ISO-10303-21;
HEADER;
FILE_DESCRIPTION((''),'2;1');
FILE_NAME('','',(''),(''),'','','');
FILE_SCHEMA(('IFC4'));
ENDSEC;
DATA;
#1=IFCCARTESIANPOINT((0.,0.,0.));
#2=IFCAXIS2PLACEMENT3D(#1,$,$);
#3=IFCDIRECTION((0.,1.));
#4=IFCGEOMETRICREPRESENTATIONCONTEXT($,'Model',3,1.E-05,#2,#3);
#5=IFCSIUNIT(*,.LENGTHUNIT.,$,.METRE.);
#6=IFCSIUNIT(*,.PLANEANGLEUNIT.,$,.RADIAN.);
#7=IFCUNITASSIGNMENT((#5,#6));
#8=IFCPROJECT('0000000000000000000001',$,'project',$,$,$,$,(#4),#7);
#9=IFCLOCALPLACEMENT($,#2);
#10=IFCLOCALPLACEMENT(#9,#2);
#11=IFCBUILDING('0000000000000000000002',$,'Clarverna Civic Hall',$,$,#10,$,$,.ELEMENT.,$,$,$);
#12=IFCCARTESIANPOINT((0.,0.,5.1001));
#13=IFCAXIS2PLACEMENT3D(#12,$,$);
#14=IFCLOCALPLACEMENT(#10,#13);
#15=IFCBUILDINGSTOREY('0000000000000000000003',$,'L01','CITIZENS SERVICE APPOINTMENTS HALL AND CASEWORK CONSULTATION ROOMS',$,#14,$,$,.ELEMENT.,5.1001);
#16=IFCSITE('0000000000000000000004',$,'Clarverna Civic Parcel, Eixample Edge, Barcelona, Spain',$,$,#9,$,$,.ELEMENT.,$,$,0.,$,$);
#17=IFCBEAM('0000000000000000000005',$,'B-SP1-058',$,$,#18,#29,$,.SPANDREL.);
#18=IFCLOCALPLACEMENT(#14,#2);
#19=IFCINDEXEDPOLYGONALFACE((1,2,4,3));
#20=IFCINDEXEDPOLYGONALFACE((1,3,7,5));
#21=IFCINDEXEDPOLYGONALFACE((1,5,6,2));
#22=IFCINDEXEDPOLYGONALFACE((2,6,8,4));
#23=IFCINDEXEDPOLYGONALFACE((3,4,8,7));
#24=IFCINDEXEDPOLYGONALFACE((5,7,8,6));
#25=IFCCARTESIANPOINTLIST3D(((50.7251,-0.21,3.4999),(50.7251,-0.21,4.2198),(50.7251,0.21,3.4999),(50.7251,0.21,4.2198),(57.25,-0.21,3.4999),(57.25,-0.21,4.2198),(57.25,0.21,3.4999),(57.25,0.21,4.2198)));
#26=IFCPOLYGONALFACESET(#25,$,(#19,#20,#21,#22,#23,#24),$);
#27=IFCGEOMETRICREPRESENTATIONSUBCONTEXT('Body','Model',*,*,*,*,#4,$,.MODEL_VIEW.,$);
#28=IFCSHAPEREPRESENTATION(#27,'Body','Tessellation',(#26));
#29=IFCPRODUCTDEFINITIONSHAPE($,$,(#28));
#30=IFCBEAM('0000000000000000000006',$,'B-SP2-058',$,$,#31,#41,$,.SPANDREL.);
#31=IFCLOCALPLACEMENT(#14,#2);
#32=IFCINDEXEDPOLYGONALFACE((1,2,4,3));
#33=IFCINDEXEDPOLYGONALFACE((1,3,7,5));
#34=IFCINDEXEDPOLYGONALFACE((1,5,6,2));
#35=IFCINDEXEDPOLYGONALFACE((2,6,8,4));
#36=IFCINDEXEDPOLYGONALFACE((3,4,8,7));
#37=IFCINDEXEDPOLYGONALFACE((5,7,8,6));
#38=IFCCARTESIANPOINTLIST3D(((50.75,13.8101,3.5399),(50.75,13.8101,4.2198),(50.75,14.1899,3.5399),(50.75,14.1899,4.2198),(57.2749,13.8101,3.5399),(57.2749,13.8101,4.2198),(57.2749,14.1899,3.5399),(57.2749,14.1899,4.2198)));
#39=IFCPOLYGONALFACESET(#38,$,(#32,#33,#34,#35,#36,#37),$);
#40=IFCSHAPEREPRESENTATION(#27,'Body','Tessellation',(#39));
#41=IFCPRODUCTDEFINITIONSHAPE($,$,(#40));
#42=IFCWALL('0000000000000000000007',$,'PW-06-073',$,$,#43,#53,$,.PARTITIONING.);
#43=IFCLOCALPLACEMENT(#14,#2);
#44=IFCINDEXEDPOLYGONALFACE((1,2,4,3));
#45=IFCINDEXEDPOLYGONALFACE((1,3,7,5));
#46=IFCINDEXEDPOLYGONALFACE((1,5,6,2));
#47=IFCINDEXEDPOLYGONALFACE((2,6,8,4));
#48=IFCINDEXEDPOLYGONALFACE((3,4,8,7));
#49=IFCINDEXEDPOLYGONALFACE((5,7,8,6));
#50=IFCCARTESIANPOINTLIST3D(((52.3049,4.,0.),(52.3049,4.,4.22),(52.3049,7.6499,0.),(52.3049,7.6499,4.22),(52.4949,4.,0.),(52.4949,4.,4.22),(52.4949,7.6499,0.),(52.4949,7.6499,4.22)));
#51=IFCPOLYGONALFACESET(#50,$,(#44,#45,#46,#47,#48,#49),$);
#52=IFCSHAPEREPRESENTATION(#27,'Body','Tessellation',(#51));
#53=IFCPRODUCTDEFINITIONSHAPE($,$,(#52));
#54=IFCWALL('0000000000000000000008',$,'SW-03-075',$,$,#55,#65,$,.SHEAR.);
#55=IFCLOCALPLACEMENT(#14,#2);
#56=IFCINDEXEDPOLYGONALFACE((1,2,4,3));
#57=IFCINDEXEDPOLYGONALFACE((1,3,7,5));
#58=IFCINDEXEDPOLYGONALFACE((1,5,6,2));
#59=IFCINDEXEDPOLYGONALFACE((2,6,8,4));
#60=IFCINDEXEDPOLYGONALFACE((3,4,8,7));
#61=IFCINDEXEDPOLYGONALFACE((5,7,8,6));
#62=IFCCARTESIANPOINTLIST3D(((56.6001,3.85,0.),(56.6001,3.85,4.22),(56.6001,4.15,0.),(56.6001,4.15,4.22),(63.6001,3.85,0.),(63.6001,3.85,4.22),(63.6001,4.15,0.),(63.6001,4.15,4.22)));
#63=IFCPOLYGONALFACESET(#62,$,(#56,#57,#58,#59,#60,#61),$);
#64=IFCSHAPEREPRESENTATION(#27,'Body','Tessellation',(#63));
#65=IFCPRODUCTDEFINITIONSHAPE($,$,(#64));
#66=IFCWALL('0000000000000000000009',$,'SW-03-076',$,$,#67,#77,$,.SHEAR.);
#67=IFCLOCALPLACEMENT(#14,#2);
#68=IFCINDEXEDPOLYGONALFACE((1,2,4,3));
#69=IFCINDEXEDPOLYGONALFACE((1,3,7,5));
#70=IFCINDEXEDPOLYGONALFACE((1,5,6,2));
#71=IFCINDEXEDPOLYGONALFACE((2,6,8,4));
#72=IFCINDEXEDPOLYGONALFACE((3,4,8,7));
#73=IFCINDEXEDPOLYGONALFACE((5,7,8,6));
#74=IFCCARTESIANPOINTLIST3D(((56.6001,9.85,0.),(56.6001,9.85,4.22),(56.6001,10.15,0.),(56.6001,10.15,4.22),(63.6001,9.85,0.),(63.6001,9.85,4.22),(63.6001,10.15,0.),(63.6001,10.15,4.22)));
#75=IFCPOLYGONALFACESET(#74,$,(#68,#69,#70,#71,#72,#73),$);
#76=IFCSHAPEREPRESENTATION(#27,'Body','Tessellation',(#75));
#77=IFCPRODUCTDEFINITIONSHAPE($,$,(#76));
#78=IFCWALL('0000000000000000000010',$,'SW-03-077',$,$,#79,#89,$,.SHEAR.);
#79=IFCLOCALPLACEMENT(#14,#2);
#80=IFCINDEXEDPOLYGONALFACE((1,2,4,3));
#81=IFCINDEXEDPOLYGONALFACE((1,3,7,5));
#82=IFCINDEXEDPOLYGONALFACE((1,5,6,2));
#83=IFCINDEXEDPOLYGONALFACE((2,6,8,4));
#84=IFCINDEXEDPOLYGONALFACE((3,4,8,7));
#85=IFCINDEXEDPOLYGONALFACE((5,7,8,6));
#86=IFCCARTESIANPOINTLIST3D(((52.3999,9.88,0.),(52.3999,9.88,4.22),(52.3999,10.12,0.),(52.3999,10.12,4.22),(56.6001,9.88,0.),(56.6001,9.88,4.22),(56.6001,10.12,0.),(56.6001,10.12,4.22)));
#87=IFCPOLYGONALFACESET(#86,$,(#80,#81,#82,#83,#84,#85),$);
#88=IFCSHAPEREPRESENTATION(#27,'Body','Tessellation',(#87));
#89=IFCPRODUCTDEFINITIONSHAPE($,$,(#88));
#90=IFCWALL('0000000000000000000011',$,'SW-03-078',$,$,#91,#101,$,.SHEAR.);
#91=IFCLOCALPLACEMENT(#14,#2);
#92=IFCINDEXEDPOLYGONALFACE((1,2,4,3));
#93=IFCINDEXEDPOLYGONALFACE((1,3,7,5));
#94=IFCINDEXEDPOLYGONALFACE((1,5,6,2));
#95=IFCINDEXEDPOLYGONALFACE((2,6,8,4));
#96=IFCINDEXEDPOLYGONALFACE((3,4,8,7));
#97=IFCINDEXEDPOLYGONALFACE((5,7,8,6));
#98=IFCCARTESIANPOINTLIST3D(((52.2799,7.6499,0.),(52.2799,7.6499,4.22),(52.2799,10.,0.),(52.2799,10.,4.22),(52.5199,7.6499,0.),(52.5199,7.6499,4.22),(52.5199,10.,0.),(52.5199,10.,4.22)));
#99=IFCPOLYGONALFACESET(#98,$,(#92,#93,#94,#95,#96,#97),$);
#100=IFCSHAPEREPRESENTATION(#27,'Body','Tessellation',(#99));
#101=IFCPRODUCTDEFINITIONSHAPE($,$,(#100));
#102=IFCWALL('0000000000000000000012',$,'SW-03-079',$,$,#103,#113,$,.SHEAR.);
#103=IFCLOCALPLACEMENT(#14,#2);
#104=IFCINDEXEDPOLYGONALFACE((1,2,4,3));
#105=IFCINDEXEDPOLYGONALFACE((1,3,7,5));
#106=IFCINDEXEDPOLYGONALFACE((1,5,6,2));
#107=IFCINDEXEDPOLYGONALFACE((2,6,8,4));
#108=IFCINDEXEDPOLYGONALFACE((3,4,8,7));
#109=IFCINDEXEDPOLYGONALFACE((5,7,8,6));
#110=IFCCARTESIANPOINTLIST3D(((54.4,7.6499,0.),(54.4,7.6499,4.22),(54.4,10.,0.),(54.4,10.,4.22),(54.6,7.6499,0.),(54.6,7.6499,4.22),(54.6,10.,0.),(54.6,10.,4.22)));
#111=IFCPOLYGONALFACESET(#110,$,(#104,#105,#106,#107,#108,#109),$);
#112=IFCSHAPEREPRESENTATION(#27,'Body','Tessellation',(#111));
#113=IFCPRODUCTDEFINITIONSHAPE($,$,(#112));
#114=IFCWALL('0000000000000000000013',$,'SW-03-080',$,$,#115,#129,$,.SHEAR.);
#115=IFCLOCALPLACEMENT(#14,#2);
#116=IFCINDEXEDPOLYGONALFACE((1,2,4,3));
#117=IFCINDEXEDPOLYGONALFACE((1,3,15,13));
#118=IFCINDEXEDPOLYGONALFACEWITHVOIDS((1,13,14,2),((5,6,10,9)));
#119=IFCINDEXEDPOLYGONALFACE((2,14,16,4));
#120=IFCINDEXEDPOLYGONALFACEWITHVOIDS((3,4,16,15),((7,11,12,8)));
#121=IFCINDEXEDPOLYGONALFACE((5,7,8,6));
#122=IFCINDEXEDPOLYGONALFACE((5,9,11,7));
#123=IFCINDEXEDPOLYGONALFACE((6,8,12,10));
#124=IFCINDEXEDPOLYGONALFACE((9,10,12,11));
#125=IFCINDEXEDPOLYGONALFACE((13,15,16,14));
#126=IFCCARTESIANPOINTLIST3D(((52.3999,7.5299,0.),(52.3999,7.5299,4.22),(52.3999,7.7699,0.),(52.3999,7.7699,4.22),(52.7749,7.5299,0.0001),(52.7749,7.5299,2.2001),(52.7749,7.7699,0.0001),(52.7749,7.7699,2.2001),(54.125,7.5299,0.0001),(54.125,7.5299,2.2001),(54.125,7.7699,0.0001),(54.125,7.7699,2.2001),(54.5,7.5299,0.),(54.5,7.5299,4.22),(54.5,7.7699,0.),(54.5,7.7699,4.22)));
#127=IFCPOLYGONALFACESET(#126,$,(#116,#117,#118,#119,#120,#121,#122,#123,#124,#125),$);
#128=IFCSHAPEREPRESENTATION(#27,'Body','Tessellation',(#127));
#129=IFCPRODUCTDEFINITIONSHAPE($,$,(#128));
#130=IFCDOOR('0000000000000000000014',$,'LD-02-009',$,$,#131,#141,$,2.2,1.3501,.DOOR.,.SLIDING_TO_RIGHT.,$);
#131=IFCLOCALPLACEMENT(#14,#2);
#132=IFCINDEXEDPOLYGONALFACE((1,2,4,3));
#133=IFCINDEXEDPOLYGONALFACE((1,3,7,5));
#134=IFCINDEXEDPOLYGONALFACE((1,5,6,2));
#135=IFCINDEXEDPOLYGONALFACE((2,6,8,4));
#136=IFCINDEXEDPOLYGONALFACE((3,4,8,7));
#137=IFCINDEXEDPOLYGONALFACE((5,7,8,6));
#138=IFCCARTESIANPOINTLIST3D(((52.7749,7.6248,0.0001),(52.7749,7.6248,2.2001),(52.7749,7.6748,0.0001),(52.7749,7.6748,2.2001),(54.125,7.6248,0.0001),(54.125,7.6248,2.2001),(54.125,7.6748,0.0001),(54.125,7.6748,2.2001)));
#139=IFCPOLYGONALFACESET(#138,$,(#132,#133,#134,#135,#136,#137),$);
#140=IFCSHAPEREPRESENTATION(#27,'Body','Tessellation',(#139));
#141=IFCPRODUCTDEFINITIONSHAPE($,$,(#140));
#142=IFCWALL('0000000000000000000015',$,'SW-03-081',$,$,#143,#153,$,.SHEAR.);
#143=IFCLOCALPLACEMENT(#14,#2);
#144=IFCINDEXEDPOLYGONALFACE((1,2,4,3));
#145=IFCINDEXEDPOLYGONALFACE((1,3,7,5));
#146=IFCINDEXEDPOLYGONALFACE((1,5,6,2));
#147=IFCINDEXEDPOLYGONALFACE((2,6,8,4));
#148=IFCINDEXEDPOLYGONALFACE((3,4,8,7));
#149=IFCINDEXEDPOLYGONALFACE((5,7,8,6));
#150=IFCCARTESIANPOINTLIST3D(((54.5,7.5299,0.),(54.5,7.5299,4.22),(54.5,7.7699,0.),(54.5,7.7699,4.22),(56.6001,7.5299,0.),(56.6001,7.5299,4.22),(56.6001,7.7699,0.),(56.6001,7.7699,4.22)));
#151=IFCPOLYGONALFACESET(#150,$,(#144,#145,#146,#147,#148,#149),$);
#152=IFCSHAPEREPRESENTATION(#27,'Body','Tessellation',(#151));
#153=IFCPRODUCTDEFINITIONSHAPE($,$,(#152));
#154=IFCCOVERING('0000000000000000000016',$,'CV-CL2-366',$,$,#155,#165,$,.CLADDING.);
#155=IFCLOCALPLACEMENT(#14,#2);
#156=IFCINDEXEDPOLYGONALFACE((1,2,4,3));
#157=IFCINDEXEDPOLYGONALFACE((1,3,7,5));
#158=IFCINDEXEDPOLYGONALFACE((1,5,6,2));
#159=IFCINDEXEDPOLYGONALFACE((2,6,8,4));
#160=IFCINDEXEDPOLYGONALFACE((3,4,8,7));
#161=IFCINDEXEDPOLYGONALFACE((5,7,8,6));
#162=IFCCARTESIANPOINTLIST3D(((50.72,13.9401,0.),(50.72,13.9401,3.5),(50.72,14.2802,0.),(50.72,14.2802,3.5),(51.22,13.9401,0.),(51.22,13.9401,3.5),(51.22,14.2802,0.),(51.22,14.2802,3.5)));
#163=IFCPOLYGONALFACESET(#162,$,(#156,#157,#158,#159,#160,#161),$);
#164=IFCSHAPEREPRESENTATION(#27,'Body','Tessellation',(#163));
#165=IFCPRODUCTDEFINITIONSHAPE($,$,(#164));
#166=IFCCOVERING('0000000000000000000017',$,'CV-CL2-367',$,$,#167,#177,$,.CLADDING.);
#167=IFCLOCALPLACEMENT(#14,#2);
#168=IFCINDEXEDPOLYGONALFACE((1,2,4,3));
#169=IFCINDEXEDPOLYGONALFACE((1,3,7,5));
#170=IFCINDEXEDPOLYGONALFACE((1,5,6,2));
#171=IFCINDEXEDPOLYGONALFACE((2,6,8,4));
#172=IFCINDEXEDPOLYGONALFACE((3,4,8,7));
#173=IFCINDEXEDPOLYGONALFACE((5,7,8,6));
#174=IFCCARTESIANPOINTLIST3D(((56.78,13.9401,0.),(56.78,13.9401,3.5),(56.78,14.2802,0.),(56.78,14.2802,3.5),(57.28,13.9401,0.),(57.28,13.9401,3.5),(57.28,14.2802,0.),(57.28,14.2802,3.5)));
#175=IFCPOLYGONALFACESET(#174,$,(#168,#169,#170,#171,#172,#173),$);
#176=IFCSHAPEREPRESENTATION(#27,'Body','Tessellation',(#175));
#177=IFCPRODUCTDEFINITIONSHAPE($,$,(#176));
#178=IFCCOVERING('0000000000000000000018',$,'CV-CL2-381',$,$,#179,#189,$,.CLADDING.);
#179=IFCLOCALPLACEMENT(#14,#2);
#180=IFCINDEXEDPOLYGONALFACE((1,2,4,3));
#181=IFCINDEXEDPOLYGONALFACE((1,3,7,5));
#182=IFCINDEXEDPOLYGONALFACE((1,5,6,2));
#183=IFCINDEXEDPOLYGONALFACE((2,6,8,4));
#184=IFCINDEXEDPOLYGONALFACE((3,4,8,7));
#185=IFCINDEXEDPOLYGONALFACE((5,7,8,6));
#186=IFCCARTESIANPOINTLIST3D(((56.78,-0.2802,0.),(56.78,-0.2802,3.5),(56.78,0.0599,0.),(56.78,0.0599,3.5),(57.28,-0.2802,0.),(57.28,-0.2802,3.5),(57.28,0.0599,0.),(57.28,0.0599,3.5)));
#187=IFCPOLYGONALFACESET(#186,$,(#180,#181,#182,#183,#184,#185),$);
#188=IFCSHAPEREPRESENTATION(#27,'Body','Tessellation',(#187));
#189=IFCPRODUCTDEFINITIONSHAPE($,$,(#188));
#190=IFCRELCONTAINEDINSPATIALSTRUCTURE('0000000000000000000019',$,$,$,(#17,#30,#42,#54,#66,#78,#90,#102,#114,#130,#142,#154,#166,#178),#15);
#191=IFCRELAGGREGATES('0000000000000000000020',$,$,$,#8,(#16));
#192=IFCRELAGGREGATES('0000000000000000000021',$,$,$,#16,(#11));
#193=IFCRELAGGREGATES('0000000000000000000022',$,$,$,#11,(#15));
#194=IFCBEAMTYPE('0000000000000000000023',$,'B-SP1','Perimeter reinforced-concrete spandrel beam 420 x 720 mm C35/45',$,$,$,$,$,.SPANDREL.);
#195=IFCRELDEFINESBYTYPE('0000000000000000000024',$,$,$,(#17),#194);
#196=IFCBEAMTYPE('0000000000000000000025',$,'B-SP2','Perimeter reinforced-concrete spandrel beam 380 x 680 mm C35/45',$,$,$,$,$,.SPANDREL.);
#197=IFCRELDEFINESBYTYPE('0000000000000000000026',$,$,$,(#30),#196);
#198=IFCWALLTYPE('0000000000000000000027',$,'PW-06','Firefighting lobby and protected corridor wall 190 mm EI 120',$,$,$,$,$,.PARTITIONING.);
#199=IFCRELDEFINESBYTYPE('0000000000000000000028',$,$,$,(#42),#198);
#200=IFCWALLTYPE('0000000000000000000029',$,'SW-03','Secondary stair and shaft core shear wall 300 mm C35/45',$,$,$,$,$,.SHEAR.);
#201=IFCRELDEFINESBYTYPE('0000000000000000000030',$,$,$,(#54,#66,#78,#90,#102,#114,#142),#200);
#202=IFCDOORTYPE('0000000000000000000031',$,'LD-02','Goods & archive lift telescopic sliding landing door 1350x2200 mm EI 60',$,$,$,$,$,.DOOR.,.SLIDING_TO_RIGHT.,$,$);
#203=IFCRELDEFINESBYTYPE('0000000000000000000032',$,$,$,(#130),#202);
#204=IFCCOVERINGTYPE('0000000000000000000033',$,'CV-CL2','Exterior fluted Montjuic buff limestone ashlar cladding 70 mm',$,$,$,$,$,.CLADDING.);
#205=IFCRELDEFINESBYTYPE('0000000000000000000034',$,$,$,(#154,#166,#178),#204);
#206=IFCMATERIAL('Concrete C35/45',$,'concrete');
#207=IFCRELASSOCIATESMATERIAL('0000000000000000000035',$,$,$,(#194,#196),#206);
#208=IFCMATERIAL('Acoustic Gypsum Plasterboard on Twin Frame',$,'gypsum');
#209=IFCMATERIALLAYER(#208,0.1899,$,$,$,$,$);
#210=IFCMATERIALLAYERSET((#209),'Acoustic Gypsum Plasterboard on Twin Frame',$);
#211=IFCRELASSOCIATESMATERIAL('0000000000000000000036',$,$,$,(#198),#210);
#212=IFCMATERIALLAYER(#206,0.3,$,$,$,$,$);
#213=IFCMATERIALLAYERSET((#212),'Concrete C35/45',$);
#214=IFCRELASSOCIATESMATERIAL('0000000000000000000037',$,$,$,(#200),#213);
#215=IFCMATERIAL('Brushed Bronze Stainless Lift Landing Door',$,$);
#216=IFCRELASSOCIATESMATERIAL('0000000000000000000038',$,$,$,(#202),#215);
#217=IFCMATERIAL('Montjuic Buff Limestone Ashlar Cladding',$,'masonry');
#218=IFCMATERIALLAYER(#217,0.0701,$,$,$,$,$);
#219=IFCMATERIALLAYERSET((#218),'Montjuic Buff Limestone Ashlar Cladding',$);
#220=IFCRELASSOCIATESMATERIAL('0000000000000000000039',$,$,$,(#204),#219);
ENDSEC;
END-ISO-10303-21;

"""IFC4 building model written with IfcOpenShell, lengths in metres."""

from ifc_helpers import new_model, si_unit, direction, frame, frame_2d, origin, origin_2d, place, context, subcontext, project, spatial, rectangle, extrude, material, layer, layer_set, material_profile, profile_set, type_object, element, fill, save


model = new_model("IFC4")

# Units and contexts
model_context = context("Model", 3, precision=1e-05, world=origin(), true_north=direction((0.0, 1.0)))
body_context = subcontext(model_context, "Body", "Model", "MODEL_VIEW")
ifc_project = project(units=[si_unit("LENGTHUNIT", "METRE"), si_unit("PLANEANGLEUNIT", "RADIAN")], contexts=[model_context])

# Site, building, storey
site_placement = place(None, origin())
site = spatial("IfcSite", under=ifc_project, at=site_placement, Name="Clarverna Civic Parcel, Eixample Edge, Barcelona, Spain", CompositionType="ELEMENT", RefElevation=0.0)
building_placement = place(site_placement, origin())
building = spatial("IfcBuilding", under=site, at=building_placement, Name="Clarverna Civic Hall", CompositionType="ELEMENT")
storey_placement = place(building_placement, frame((0.0, 0.0, 5.1001)))
storey = spatial("IfcBuildingStorey", under=building, at=storey_placement, Name="L01", Description="CITIZENS SERVICE APPOINTMENTS HALL AND CASEWORK CONSULTATION ROOMS", CompositionType="ELEMENT", Elevation=5.1001)

# Beams
ifc_material_1 = material(Name="Concrete C35/45", Category="concrete")
ifc_material_profile_1 = material_profile(ifc_material_1, rectangle(XDim=0.4199, YDim=0.72, at=origin_2d()), Name="RC 420x720")
ifc_profile_set_1 = profile_set([ifc_material_profile_1], Name="Concrete C35/45")
beam_type_1 = type_object("IfcBeamType", Name="B-SP1", Description="Perimeter reinforced-concrete spandrel beam 420 x 720 mm C35/45", PredefinedType="SPANDREL", material=ifc_profile_set_1)
beam_1_placement = place(storey_placement, frame((50.7251, 0.0, 3.8599), z_axis=(1.0, 0.0, 0.0), x_axis=(0.0, 1.0, 0.0)))
element("IfcBeam", 1, at=beam_1_placement, inside=storey, type_object=beam_type_1, Name="B-SP1-058", PredefinedType="SPANDREL", context=body_context, shape_type="SweptSolid", body=[
    extrude(rectangle(XDim=0.4199, YDim=0.72, at=origin_2d()), origin(), (0.0, 0.0, 1.0), 6.5249),
])
ifc_material_profile_2 = material_profile(ifc_material_1, rectangle(XDim=0.3799, YDim=0.6799, at=origin_2d()), Name="RC 380x680")
ifc_profile_set_2 = profile_set([ifc_material_profile_2], Name="Concrete C35/45")
beam_type_2 = type_object("IfcBeamType", Name="B-SP2", Description="Perimeter reinforced-concrete spandrel beam 380 x 680 mm C35/45", PredefinedType="SPANDREL", material=ifc_profile_set_2)
beam_2_placement = place(storey_placement, frame((50.75, 14.0, 3.8799), z_axis=(1.0, 0.0, 0.0), x_axis=(0.0, 1.0, 0.0)))
element("IfcBeam", 2, at=beam_2_placement, inside=storey, type_object=beam_type_2, Name="B-SP2-058", PredefinedType="SPANDREL", context=body_context, shape_type="SweptSolid", body=[
    extrude(rectangle(XDim=0.3799, YDim=0.6799, at=origin_2d()), origin(), (0.0, 0.0, 1.0), 6.5249),
])

# Wall
ifc_material_2 = material(Name="Acoustic Gypsum Plasterboard on Twin Frame", Category="gypsum")
ifc_layer_1 = layer(ifc_material_2, 0.1899)
ifc_layer_set_1 = layer_set([ifc_layer_1], Name="Acoustic Gypsum Plasterboard on Twin Frame")
wall_type_1 = type_object("IfcWallType", Name="PW-06", Description="Firefighting lobby and protected corridor wall 190 mm EI 120", PredefinedType="PARTITIONING", material=ifc_layer_set_1)
wall_1_placement = place(storey_placement, frame((52.3999, 4.0, 0.0), z_axis=(0.0, 0.0, 1.0), x_axis=(0.0, 1.0, 0.0)))
element("IfcWall", 3, at=wall_1_placement, inside=storey, type_object=wall_type_1, Name="PW-06-073", PredefinedType="PARTITIONING", context=body_context, shape_type="SweptSolid", body=[
    extrude(rectangle(XDim=3.6499, YDim=0.1899, at=frame_2d((1.825, 0.0))), origin(), (0.0, 0.0, 1.0), 4.22),
])

# Shared definitions
ifc_layer_2 = layer(ifc_material_1, 0.3)
ifc_layer_set_2 = layer_set([ifc_layer_2], Name="Concrete C35/45")
wall_type_2 = type_object("IfcWallType", Name="SW-03", Description="Secondary stair and shaft core shear wall 300 mm C35/45", PredefinedType="SHEAR", material=ifc_layer_set_2)

# Walls
for number, where, z_axis, x_axis, name in (
    (4, (56.6001, 4.0, 0.0), (0.0, 0.0, 1.0), (1.0, 0.0, 0.0), "SW-03-075"),
    (5, (56.6001, 10.0, 0.0), (0.0, 0.0, 1.0), (1.0, 0.0, 0.0), "SW-03-076"),
):
    element("IfcWall", number, at=place(storey_placement, frame(where, z_axis=z_axis, x_axis=x_axis)), inside=storey, type_object=wall_type_2, Name=name, PredefinedType="SHEAR", context=body_context, shape_type="SweptSolid", body=[
        extrude(rectangle(XDim=7.0, YDim=0.3, at=frame_2d((3.5, 0.0))), origin(), (0.0, 0.0, 1.0), 4.22),
    ])
wall_2_placement = place(storey_placement, frame((52.3999, 10.0, 0.0), z_axis=(0.0, 0.0, 1.0), x_axis=(1.0, 0.0, 0.0)))
element("IfcWall", 6, at=wall_2_placement, inside=storey, type_object=wall_type_2, Name="SW-03-077", PredefinedType="SHEAR", context=body_context, shape_type="SweptSolid", body=[
    extrude(rectangle(XDim=4.2002, YDim=0.24, at=frame_2d((2.1001, 0.0))), origin(), (0.0, 0.0, 1.0), 4.22),
])
wall_3_placement = place(storey_placement, frame((52.3999, 7.6499, 0.0), z_axis=(0.0, 0.0, 1.0), x_axis=(0.0, 1.0, 0.0)))
element("IfcWall", 7, at=wall_3_placement, inside=storey, type_object=wall_type_2, Name="SW-03-078", PredefinedType="SHEAR", context=body_context, shape_type="SweptSolid", body=[
    extrude(rectangle(XDim=2.3501, YDim=0.24, at=frame_2d((1.175, 0.0))), origin(), (0.0, 0.0, 1.0), 4.22),
])
wall_4_placement = place(storey_placement, frame((54.5, 7.6499, 0.0), z_axis=(0.0, 0.0, 1.0), x_axis=(0.0, 1.0, 0.0)))
element("IfcWall", 8, at=wall_4_placement, inside=storey, type_object=wall_type_2, Name="SW-03-079", PredefinedType="SHEAR", context=body_context, shape_type="SweptSolid", body=[
    extrude(rectangle(XDim=2.3501, YDim=0.2, at=frame_2d((1.175, 0.0))), origin(), (0.0, 0.0, 1.0), 4.22),
])

# Wall, opening, door
wall_5_placement = place(storey_placement, frame((52.3999, 7.6499, 0.0), z_axis=(0.0, 0.0, 1.0), x_axis=(1.0, 0.0, 0.0)))
wall_5 = element("IfcWall", 9, at=wall_5_placement, inside=storey, type_object=wall_type_2, Name="SW-03-080", PredefinedType="SHEAR", context=body_context, shape_type="SweptSolid", body=[
    extrude(rectangle(XDim=2.1001, YDim=0.24, at=frame_2d((1.05, 0.0))), origin(), (0.0, 0.0, 1.0), 4.22),
])
opening_1_placement = place(wall_5_placement, frame((0.375, 0.0, 0.0)))
opening_1 = element("IfcOpeningElement", 10, at=opening_1_placement, cuts=wall_5, PredefinedType="OPENING", context=body_context, shape_type="SweptSolid", body=[
    extrude(rectangle(XDim=1.3501, YDim=2.2, at=frame_2d((0.675, 1.1001))), frame((0.0, 0.1299, 0.0), z_axis=(0.0, -1.0, 0.0), x_axis=(1.0, 0.0, 0.0)), (0.0, 0.0, 1.0), 0.26),
])
ifc_material_3 = material(Name="Brushed Bronze Stainless Lift Landing Door")
door_type_1 = type_object("IfcDoorType", Name="LD-02", Description="Goods & archive lift telescopic sliding landing door 1350x2200 mm EI 60", OperationType="SLIDING_TO_RIGHT", PredefinedType="DOOR", material=ifc_material_3)
door_1_placement = place(opening_1_placement, origin())
door_1 = element("IfcDoor", 11, at=door_1_placement, inside=storey, type_object=door_type_1, Name="LD-02-009", OperationType="SLIDING_TO_RIGHT", OverallHeight=2.2, OverallWidth=1.3501, PredefinedType="DOOR", context=body_context, shape_type="SweptSolid", body=[
    extrude(rectangle(XDim=1.3501, YDim=2.2, at=frame_2d((0.675, 1.1001))), frame((0.0, 0.0249, 0.0), z_axis=(0.0, -1.0, 0.0), x_axis=(1.0, 0.0, 0.0)), (0.0, 0.0, 1.0), 0.05),
])
fill(opening_1, door_1)

# Wall
wall_6_placement = place(storey_placement, frame((54.5, 7.6499, 0.0), z_axis=(0.0, 0.0, 1.0), x_axis=(1.0, 0.0, 0.0)))
element("IfcWall", 12, at=wall_6_placement, inside=storey, type_object=wall_type_2, Name="SW-03-081", PredefinedType="SHEAR", context=body_context, shape_type="SweptSolid", body=[
    extrude(rectangle(XDim=2.1001, YDim=0.24, at=frame_2d((1.05, 0.0))), origin(), (0.0, 0.0, 1.0), 4.22),
])

# Coverings
ifc_material_4 = material(Name="Montjuic Buff Limestone Ashlar Cladding", Category="masonry")
ifc_layer_3 = layer(ifc_material_4, 0.0701)
ifc_layer_set_3 = layer_set([ifc_layer_3], Name="Montjuic Buff Limestone Ashlar Cladding")
covering_type = type_object("IfcCoveringType", Name="CV-CL2", Description="Exterior fluted Montjuic buff limestone ashlar cladding 70 mm", PredefinedType="CLADDING", material=ifc_layer_set_3)
for number, where, z_axis, x_axis, name in (
    (13, (50.72, 14.1101, 0.0), (0.0, 0.0, 1.0), (1.0, 0.0, 0.0), "CV-CL2-366"),
    (14, (56.78, 14.1101, 0.0), (0.0, 0.0, 1.0), (1.0, 0.0, 0.0), "CV-CL2-367"),
    (15, (57.28, -0.1101, 0.0), (0.0, 0.0, 1.0), (-1.0, 0.0, 0.0), "CV-CL2-381"),
):
    element("IfcCovering", number, at=place(storey_placement, frame(where, z_axis=z_axis, x_axis=x_axis)), inside=storey, type_object=covering_type, Name=name, PredefinedType="CLADDING", context=body_context, shape_type="SweptSolid", body=[
        extrude(rectangle(XDim=0.5, YDim=0.3401, at=frame_2d((0.25, 0.0))), origin(), (0.0, 0.0, 1.0), 3.5),
    ])

save(model, "model.ifc")
